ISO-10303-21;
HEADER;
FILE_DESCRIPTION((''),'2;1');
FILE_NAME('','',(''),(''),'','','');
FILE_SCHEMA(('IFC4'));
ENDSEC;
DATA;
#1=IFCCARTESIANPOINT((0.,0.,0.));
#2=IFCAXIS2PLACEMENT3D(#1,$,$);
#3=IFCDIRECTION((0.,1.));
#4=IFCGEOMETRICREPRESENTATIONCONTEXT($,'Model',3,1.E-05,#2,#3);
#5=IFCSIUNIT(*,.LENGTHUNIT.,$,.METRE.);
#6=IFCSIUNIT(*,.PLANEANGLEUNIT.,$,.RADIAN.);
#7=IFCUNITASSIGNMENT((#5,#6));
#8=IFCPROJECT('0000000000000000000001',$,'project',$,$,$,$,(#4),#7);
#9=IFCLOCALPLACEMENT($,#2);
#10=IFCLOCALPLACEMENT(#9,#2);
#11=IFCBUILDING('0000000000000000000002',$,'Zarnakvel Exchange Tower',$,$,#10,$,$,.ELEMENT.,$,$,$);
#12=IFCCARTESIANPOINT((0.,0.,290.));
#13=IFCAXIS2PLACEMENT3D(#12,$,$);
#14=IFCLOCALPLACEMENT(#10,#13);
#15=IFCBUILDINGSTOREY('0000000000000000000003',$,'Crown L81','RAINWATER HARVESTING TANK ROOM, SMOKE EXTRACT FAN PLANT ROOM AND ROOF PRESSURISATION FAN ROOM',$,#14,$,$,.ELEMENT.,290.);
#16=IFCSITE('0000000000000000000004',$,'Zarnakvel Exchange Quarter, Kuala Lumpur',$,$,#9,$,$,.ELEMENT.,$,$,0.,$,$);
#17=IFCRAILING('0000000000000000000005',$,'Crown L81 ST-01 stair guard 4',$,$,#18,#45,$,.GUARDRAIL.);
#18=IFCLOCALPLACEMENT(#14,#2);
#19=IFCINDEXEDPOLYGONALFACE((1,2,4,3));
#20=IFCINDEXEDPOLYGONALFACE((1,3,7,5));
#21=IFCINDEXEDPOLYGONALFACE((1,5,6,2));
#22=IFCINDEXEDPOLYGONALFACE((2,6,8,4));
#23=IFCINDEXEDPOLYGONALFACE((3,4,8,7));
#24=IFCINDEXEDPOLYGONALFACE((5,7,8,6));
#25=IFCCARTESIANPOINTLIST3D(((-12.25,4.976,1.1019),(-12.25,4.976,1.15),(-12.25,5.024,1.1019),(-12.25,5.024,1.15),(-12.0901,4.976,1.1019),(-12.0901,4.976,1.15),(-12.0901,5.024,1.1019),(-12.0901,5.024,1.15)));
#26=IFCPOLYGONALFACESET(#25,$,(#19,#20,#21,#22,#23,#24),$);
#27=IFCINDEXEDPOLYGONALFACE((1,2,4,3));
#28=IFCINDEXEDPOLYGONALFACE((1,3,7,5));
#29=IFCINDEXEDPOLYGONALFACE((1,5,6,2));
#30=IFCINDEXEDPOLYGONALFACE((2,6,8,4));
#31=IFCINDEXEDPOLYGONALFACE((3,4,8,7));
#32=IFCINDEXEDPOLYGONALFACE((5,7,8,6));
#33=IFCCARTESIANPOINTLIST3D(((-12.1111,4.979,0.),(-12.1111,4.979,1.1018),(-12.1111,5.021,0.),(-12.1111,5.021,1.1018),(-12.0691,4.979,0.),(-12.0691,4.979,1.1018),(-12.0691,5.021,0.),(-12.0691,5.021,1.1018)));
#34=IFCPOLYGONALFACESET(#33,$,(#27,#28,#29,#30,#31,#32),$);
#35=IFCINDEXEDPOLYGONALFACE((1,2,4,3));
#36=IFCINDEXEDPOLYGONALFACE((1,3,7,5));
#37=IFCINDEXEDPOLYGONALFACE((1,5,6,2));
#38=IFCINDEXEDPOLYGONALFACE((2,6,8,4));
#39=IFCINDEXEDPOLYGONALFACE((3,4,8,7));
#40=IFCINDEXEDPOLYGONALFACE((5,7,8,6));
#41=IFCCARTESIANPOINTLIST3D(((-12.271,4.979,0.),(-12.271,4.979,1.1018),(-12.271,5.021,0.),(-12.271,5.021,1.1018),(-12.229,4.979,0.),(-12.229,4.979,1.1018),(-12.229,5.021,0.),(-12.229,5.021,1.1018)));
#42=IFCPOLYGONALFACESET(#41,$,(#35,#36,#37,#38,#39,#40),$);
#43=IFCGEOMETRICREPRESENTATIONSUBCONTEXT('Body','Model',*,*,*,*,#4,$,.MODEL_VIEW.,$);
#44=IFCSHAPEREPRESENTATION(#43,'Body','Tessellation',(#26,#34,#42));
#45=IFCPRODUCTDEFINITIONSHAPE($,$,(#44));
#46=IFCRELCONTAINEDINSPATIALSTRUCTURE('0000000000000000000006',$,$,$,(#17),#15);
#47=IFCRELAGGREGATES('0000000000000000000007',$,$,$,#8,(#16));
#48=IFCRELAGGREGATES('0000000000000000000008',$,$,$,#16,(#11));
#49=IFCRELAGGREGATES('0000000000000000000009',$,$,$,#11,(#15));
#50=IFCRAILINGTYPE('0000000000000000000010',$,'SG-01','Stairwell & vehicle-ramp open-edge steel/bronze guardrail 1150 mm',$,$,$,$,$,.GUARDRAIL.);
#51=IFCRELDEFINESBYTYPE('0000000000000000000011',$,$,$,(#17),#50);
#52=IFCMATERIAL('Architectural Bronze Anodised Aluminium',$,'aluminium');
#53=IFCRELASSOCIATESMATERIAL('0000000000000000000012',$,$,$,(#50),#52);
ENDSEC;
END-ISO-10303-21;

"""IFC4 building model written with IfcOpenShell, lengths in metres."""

from ifc_helpers import new_model, si_unit, direction, frame, origin, origin_2d, place, context, subcontext, project, spatial, rectangle, extrude, material, type_object, element, save


model = new_model("IFC4")

# Units and contexts
model_context = context("Model", 3, precision=1e-05, world=origin(), true_north=direction((0.0, 1.0)))
body_context = subcontext(model_context, "Body", "Model", "MODEL_VIEW")
ifc_project = project(units=[si_unit("LENGTHUNIT", "METRE"), si_unit("PLANEANGLEUNIT", "RADIAN")], contexts=[model_context])

# Site, building, storey
site_placement = place(None, origin())
site = spatial("IfcSite", under=ifc_project, at=site_placement, Name="Zarnakvel Exchange Quarter, Kuala Lumpur", CompositionType="ELEMENT", RefElevation=0.0)
building_placement = place(site_placement, origin())
building = spatial("IfcBuilding", under=site, at=building_placement, Name="Zarnakvel Exchange Tower", CompositionType="ELEMENT")
storey_placement = place(building_placement, frame((0.0, 0.0, 290.0)))
storey = spatial("IfcBuildingStorey", under=building, at=storey_placement, Name="Crown L81", Description="RAINWATER HARVESTING TANK ROOM, SMOKE EXTRACT FAN PLANT ROOM AND ROOF PRESSURISATION FAN ROOM", CompositionType="ELEMENT", Elevation=290.0)

# Shared definitions
ifc_material_1 = material(Name="Architectural Bronze Anodised Aluminium", Category="aluminium")

# Railing
railing_type_1 = type_object("IfcRailingType", Name="SG-01", Description="Stairwell & vehicle-ramp open-edge steel/bronze guardrail 1150 mm", PredefinedType="GUARDRAIL", material=ifc_material_1)
railing_1_placement = place(storey_placement, frame((-12.0901, 5.0, 0.0)))
element("IfcRailing", 1, at=railing_1_placement, inside=storey, type_object=railing_type_1, Name="Crown L81 ST-01 stair guard 4", PredefinedType="GUARDRAIL", context=body_context, shape_type="SweptSolid", body=[
    extrude(rectangle(XDim=0.0481, YDim=0.0481, at=origin_2d()), frame((0.0, 0.0, 1.126), z_axis=(-1.0, 0.0, 0.0), x_axis=(0.0, -1.0, 0.0)), (0.0, 0.0, 1.0), 0.1599),
    extrude(rectangle(XDim=0.042, YDim=0.042, at=origin_2d()), origin(), (0.0, 0.0, 1.0), 1.1018),
    extrude(rectangle(XDim=0.042, YDim=0.042, at=origin_2d()), frame((-0.1599, 0.0, 0.0)), (0.0, 0.0, 1.0), 1.1018),
])

save(model, "model.ifc")
